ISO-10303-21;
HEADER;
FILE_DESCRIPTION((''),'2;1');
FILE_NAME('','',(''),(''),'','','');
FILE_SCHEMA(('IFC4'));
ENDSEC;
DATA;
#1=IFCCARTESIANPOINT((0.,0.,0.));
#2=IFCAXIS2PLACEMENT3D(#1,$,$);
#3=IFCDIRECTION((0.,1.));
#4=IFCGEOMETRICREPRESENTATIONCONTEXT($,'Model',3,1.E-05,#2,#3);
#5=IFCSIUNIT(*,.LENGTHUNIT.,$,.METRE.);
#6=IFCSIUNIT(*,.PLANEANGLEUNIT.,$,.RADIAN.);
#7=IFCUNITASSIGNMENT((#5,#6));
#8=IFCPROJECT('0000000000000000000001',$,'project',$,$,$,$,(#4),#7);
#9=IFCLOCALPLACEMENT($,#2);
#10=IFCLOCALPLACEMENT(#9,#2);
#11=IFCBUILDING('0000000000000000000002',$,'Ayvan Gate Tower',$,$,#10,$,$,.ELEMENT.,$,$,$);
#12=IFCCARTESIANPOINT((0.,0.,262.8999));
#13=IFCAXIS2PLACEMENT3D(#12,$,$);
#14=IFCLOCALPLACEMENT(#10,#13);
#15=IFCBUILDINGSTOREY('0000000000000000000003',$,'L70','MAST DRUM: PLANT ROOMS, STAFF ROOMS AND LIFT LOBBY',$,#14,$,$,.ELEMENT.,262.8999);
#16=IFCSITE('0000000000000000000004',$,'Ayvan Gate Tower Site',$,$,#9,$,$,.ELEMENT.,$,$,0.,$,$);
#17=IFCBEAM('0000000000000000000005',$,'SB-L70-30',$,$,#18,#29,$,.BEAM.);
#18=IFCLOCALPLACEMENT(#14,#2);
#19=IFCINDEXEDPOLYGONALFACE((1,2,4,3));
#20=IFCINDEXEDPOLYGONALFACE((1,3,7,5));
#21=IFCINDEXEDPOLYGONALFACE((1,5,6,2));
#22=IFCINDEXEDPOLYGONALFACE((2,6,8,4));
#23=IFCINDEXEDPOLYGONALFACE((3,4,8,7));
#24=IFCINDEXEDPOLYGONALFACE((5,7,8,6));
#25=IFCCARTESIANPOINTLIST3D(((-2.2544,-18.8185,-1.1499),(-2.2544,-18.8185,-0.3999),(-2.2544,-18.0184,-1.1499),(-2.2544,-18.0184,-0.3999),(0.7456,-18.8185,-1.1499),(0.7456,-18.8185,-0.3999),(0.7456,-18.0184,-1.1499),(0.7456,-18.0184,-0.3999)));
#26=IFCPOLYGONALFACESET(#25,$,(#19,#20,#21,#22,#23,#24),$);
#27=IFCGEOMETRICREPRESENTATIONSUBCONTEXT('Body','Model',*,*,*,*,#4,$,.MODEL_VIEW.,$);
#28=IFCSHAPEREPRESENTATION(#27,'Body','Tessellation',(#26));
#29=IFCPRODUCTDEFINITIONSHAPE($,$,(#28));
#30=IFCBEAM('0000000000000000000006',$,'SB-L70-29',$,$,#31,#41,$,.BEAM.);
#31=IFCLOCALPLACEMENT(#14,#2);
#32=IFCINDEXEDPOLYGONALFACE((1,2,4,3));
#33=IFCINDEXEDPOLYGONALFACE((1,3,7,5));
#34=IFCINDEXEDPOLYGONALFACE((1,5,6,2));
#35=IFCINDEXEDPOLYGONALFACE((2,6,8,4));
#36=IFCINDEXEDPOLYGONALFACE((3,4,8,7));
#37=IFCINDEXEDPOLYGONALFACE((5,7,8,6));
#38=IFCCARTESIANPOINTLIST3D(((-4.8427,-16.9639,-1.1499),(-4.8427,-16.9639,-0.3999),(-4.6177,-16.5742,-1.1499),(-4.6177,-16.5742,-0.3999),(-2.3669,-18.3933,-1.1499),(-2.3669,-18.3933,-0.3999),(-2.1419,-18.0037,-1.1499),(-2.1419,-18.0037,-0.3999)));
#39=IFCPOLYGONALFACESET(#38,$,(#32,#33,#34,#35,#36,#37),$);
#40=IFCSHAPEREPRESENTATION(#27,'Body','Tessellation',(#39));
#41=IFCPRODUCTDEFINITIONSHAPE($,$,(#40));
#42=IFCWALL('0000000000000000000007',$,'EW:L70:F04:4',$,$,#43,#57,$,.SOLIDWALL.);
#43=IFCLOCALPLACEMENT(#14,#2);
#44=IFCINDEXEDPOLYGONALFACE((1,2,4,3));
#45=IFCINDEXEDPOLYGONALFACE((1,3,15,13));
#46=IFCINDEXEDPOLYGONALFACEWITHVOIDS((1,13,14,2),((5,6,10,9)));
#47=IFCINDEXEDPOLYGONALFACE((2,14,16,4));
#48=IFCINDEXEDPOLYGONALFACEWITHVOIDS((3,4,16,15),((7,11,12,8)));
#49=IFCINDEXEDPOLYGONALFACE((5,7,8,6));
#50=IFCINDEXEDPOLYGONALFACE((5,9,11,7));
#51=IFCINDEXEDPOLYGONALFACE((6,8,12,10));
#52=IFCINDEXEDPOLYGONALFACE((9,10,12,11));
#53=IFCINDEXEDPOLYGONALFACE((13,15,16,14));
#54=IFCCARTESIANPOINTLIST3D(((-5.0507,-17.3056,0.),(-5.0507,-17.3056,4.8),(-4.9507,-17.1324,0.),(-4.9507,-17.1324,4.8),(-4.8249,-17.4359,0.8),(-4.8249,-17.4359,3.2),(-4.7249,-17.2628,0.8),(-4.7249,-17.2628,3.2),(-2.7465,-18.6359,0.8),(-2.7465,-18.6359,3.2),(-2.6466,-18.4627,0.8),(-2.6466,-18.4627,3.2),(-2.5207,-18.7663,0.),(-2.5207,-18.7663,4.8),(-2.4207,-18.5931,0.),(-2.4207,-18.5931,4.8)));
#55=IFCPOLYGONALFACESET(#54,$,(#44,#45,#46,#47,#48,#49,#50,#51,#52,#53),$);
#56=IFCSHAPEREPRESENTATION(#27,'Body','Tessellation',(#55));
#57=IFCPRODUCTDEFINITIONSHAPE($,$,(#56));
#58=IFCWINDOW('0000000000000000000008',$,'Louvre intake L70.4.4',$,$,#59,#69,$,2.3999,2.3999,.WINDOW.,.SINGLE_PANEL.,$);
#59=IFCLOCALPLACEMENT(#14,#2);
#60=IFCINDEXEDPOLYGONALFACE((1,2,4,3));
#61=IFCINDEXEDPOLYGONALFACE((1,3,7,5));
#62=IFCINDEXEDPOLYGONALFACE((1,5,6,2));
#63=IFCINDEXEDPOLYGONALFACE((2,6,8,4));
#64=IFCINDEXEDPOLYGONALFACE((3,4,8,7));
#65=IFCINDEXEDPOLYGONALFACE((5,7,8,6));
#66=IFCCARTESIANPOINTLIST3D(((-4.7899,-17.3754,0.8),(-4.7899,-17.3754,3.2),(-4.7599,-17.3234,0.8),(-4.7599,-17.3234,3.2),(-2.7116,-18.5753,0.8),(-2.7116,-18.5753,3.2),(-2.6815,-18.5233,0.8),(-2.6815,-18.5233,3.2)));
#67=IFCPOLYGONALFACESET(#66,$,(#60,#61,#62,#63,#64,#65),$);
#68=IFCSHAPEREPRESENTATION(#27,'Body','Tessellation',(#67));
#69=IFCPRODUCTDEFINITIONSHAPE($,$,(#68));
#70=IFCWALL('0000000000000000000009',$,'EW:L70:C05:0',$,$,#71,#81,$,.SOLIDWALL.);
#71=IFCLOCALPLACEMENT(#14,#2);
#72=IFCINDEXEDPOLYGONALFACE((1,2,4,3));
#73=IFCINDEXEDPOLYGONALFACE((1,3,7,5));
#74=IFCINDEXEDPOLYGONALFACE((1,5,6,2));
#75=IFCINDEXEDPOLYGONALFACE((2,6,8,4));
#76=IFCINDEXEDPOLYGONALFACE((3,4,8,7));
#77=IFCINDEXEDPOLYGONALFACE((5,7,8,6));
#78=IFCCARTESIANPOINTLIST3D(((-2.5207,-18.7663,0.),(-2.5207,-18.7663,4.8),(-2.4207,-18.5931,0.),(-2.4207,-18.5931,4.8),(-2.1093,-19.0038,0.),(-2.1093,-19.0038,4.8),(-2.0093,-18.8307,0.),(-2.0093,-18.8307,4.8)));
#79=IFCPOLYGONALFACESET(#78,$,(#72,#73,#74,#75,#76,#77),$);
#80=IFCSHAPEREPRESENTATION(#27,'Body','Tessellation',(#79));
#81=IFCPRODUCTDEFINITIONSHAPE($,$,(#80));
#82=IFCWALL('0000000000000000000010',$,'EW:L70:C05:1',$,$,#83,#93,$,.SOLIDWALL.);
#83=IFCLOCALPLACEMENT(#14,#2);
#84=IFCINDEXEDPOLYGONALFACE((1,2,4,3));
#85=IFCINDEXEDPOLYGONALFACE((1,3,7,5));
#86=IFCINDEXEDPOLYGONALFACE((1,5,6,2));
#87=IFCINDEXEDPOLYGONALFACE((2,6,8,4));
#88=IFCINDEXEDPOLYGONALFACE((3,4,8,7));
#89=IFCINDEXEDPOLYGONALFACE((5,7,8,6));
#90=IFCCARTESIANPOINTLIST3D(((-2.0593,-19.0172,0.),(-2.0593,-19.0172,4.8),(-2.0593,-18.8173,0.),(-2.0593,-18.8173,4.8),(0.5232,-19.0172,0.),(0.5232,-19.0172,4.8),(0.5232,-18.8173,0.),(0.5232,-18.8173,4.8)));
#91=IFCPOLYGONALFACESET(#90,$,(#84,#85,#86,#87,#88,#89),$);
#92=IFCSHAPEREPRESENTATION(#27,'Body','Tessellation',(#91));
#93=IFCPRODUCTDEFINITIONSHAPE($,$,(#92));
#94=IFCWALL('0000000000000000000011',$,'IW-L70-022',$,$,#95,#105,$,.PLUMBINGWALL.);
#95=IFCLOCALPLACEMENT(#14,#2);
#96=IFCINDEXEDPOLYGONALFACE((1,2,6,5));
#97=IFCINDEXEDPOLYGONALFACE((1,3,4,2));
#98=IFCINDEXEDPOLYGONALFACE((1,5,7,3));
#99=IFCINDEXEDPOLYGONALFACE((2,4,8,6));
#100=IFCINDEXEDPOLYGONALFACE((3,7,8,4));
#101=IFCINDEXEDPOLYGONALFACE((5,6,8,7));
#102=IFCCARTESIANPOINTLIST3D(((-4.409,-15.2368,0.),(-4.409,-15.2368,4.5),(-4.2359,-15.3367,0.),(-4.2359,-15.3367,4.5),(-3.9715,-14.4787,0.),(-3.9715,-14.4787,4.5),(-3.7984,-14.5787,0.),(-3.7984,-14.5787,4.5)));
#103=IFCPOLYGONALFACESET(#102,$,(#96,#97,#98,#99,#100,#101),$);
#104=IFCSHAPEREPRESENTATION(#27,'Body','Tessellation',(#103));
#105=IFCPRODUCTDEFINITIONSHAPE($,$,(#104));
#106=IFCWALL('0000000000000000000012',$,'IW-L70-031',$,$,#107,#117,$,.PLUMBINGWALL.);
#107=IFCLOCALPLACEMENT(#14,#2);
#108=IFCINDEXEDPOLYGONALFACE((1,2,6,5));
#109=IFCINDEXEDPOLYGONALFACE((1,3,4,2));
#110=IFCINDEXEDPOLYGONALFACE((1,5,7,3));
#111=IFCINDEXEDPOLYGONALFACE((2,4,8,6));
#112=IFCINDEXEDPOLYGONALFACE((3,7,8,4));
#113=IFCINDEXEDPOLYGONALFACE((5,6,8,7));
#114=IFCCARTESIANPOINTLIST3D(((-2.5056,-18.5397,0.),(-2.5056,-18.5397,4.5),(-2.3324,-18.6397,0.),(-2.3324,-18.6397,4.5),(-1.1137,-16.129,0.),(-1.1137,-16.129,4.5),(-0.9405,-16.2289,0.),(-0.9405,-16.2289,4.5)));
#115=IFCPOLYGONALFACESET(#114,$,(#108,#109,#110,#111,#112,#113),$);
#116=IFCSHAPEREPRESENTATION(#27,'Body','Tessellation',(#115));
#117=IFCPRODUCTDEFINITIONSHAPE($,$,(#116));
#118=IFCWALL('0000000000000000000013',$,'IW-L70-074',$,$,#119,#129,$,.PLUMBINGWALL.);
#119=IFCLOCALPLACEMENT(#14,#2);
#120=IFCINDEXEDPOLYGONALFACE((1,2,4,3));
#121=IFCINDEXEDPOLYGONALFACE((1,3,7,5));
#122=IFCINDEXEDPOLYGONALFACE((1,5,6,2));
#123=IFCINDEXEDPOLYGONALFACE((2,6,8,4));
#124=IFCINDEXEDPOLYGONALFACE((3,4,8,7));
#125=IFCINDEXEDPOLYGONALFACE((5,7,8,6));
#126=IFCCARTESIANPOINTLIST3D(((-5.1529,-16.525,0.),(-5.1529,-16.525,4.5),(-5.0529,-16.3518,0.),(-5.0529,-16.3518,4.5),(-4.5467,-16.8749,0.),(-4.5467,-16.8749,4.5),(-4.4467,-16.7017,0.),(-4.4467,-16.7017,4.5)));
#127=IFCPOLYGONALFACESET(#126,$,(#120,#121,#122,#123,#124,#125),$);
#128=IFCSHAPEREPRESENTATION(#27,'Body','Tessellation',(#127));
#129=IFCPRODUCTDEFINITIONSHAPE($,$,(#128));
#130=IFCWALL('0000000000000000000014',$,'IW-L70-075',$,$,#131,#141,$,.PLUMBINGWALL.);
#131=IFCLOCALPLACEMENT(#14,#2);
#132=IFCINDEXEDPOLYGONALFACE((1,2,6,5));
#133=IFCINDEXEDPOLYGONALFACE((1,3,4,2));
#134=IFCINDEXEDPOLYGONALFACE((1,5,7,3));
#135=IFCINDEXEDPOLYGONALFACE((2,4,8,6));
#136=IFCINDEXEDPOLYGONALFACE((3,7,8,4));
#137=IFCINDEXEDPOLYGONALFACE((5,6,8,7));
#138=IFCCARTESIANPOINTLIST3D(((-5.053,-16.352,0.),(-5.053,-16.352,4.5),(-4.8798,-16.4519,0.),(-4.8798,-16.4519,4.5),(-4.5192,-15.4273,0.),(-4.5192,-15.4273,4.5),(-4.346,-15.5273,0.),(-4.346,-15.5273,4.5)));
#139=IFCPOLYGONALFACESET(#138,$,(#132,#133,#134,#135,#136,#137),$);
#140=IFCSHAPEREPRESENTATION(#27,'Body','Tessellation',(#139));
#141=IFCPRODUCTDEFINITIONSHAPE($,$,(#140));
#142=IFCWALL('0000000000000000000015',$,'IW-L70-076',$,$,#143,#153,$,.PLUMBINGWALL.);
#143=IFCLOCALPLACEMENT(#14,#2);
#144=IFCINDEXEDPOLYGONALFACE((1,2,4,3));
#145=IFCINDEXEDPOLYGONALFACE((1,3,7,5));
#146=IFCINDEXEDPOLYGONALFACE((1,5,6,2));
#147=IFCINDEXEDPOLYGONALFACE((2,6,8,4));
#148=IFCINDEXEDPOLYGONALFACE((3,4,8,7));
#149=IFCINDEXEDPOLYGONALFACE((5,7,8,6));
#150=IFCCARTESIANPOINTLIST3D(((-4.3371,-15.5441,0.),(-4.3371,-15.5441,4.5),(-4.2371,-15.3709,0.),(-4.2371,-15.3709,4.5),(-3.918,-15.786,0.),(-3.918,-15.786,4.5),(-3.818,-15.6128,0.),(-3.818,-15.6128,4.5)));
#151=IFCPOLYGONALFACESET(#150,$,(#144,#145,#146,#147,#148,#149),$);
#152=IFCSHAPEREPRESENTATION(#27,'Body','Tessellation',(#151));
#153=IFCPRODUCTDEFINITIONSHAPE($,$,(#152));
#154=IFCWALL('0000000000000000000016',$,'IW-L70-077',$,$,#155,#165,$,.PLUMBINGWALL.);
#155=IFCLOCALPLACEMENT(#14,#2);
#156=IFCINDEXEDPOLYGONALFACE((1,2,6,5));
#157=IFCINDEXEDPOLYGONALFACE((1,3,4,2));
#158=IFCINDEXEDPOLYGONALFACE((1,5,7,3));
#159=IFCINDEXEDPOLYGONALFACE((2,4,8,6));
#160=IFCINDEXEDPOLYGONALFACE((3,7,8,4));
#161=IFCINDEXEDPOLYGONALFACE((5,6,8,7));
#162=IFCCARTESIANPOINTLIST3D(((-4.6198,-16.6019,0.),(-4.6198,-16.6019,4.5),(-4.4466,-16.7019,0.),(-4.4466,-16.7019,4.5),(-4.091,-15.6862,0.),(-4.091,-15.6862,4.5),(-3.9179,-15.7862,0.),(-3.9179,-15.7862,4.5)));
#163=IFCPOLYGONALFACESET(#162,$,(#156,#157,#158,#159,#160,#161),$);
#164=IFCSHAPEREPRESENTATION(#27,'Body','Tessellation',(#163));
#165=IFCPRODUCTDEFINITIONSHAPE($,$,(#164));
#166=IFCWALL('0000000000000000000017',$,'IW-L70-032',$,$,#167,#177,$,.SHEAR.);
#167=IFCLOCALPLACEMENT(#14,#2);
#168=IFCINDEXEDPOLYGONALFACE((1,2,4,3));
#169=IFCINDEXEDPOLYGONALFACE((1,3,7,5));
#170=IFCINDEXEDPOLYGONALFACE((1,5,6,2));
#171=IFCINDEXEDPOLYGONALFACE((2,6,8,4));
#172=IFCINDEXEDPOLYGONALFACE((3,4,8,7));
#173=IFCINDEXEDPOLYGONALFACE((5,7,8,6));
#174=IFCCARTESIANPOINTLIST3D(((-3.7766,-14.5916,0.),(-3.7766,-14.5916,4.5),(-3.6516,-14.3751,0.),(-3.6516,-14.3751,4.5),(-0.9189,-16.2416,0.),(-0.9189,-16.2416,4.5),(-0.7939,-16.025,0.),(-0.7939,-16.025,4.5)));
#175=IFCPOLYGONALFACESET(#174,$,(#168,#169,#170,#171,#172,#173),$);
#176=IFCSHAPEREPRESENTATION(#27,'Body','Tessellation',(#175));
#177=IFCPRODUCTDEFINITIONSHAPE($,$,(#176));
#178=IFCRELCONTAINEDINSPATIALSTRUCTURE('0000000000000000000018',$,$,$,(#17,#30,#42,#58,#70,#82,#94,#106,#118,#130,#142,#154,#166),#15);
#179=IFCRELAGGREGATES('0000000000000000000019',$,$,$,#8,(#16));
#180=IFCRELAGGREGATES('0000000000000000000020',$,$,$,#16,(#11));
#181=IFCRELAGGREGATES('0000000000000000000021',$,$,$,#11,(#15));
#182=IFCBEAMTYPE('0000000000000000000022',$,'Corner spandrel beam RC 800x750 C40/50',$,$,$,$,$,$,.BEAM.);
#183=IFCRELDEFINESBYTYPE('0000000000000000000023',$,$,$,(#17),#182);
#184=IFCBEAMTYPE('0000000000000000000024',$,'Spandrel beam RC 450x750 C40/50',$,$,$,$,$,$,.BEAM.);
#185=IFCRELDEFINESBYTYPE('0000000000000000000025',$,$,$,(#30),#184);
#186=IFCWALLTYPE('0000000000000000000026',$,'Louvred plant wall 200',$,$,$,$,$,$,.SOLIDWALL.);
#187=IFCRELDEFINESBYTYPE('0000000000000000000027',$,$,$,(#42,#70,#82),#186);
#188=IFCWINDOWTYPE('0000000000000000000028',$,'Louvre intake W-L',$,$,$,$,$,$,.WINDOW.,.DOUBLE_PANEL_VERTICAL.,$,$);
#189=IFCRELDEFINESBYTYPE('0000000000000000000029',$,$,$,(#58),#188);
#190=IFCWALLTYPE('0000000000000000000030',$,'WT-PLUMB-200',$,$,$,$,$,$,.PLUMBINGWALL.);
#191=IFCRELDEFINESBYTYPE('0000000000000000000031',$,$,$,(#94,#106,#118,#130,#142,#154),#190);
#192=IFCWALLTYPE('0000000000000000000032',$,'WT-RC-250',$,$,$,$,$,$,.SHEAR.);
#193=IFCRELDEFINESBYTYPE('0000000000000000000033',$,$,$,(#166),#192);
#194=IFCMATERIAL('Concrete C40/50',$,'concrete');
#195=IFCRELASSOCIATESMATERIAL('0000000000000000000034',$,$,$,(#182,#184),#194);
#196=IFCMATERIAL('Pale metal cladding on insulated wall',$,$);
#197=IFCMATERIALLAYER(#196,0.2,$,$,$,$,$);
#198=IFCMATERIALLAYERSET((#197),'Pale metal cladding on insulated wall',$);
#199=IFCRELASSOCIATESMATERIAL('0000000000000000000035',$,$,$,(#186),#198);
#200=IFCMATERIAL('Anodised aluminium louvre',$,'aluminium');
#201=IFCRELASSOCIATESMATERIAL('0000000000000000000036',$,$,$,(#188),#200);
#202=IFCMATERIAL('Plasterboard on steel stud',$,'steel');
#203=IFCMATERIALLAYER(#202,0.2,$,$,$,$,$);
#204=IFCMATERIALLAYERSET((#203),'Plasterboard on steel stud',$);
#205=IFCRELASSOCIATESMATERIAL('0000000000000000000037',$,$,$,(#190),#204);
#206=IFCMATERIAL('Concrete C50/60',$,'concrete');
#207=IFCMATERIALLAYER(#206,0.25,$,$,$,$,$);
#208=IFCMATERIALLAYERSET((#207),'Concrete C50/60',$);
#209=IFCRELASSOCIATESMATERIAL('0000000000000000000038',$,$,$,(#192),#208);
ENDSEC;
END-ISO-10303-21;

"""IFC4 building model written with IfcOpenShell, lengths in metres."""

from ifc_helpers import new_model, si_unit, direction, frame, frame_2d, origin, origin_2d, place, context, subcontext, project, spatial, rectangle, extrude, material, layer, layer_set, material_profile, profile_set, type_object, element, fill, save


model = new_model("IFC4")

# Units and contexts
model_context = context("Model", 3, precision=1e-05, world=origin(), true_north=direction((0.0, 1.0)))
body_context = subcontext(model_context, "Body", "Model", "MODEL_VIEW")
ifc_project = project(units=[si_unit("LENGTHUNIT", "METRE"), si_unit("PLANEANGLEUNIT", "RADIAN")], contexts=[model_context])

# Site, building, storey
site_placement = place(None, origin())
site = spatial("IfcSite", under=ifc_project, at=site_placement, Name="Ayvan Gate Tower Site", CompositionType="ELEMENT", RefElevation=0.0)
building_placement = place(site_placement, origin())
building = spatial("IfcBuilding", under=site, at=building_placement, Name="Ayvan Gate Tower", CompositionType="ELEMENT")
storey_placement = place(building_placement, frame((0.0, 0.0, 262.8999)))
storey = spatial("IfcBuildingStorey", under=building, at=storey_placement, Name="L70", Description="MAST DRUM: PLANT ROOMS, STAFF ROOMS AND LIFT LOBBY", CompositionType="ELEMENT", Elevation=262.8999)

# Beams
ifc_material_1 = material(Name="Concrete C40/50", Category="concrete")
ifc_material_profile_1 = material_profile(ifc_material_1, rectangle(XDim=0.8, YDim=0.75, at=origin_2d()), Name="RC 800x750")
ifc_profile_set_1 = profile_set([ifc_material_profile_1], Name="Concrete C40/50")
beam_type_1 = type_object("IfcBeamType", Name="Corner spandrel beam RC 800x750 C40/50", PredefinedType="BEAM", material=ifc_profile_set_1)
beam_1_placement = place(storey_placement, frame((-2.2544, -18.4185, -0.7749), z_axis=(1.0, 0.0, 0.0), x_axis=(0.0, 1.0, 0.0)))
element("IfcBeam", 1, at=beam_1_placement, inside=storey, type_object=beam_type_1, Name="SB-L70-30", PredefinedType="BEAM", context=body_context, shape_type="SweptSolid", body=[
    extrude(rectangle(XDim=0.8, YDim=0.75, at=origin_2d()), origin(), (0.0, 0.0, 1.0), 3.0),
])
ifc_material_profile_2 = material_profile(ifc_material_1, rectangle(XDim=0.45, YDim=0.75, at=origin_2d()), Name="RC 450x750")
ifc_profile_set_2 = profile_set([ifc_material_profile_2], Name="Concrete C40/50")
beam_type_2 = type_object("IfcBeamType", Name="Spandrel beam RC 450x750 C40/50", PredefinedType="BEAM", material=ifc_profile_set_2)
beam_2_placement = place(storey_placement, frame((-4.7302, -16.769, -0.7749), z_axis=(0.866022, -0.500006, 0.0), x_axis=(0.500006, 0.866022, 0.0)))
element("IfcBeam", 2, at=beam_2_placement, inside=storey, type_object=beam_type_2, Name="SB-L70-29", PredefinedType="BEAM", context=body_context, shape_type="SweptSolid", body=[
    extrude(rectangle(XDim=0.45, YDim=0.75, at=origin_2d()), origin(), (0.0, 0.0, 1.0), 2.8589),
])

# Wall, opening, window
ifc_material_2 = material(Name="Pale metal cladding on insulated wall")
ifc_layer_1 = layer(ifc_material_2, 0.2)
ifc_layer_set_1 = layer_set([ifc_layer_1], Name="Pale metal cladding on insulated wall")
wall_type_1 = type_object("IfcWallType", Name="Louvred plant wall 200", PredefinedType="SOLIDWALL", material=ifc_layer_set_1)
wall_1_placement = place(storey_placement, frame((-5.0007, -17.219, 0.0), z_axis=(0.0, 0.0, 1.0), x_axis=(0.866028, -0.499995, 0.0)))
wall_1 = element("IfcWall", 3, at=wall_1_placement, inside=storey, type_object=wall_type_1, Name="EW:L70:F04:4", PredefinedType="SOLIDWALL", context=body_context, shape_type="SweptSolid", body=[
    extrude(rectangle(XDim=2.9214, YDim=0.2, at=frame_2d((1.4607, 0.0))), origin(), (0.0, 0.0, 1.0), 4.8),
])
opening_placement = place(wall_1_placement, frame((0.2607, 0.0, 0.8)))
opening = element("IfcOpeningElement", 4, at=opening_placement, cuts=wall_1, PredefinedType="OPENING", context=body_context, shape_type="SweptSolid", body=[
    extrude(rectangle(XDim=2.3999, YDim=2.3999, at=frame_2d((1.2, 1.2))), frame((0.0, 0.1099, 0.0), z_axis=(0.0, -1.0, 0.0), x_axis=(1.0, 0.0, 0.0)), (0.0, 0.0, 1.0), 0.22),
])
ifc_material_3 = material(Name="Anodised aluminium louvre", Category="aluminium")
window_type = type_object("IfcWindowType", Name="Louvre intake W-L", PartitioningType="DOUBLE_PANEL_VERTICAL", PredefinedType="WINDOW", material=ifc_material_3)
window_placement = place(opening_placement, origin())
window = element("IfcWindow", 5, at=window_placement, inside=storey, type_object=window_type, Name="Louvre intake L70.4.4", OverallHeight=2.3999, OverallWidth=2.3999, PartitioningType="SINGLE_PANEL", PredefinedType="WINDOW", context=body_context, shape_type="SweptSolid", body=[
    extrude(rectangle(XDim=2.3999, YDim=2.3999, at=frame_2d((1.2, 1.2))), frame((0.0, 0.03, 0.0), z_axis=(0.0, -1.0, 0.0), x_axis=(1.0, 0.0, 0.0)), (0.0, 0.0, 1.0), 0.0601),
])
fill(opening, window)

# Walls
wall_2_placement = place(storey_placement, frame((-2.4707, -18.6797, 0.0), z_axis=(0.0, 0.0, 1.0), x_axis=(0.865989, -0.500064, 0.0)))
element("IfcWall", 6, at=wall_2_placement, inside=storey, type_object=wall_type_1, Name="EW:L70:C05:0", PredefinedType="SOLIDWALL", context=body_context, shape_type="SweptSolid", body=[
    extrude(rectangle(XDim=0.4751, YDim=0.2, at=frame_2d((0.2375, 0.0))), origin(), (0.0, 0.0, 1.0), 4.8),
])
wall_3_placement = place(storey_placement, frame((-2.0593, -18.9172, 0.0), z_axis=(0.0, 0.0, 1.0), x_axis=(1.0, 0.0, 0.0)))
element("IfcWall", 7, at=wall_3_placement, inside=storey, type_object=wall_type_1, Name="EW:L70:C05:1", PredefinedType="SOLIDWALL", context=body_context, shape_type="SweptSolid", body=[
    extrude(rectangle(XDim=2.5825, YDim=0.2, at=frame_2d((1.2913, 0.0))), origin(), (0.0, 0.0, 1.0), 4.8),
])
ifc_material_4 = material(Name="Plasterboard on steel stud", Category="steel")
ifc_layer_2 = layer(ifc_material_4, 0.2)
ifc_layer_set_2 = layer_set([ifc_layer_2], Name="Plasterboard on steel stud")
wall_type_2 = type_object("IfcWallType", Name="WT-PLUMB-200", PredefinedType="PLUMBINGWALL", material=ifc_layer_set_2)
wall_4_placement = place(storey_placement, frame((-3.885, -14.5288, 0.0), z_axis=(0.0, 0.0, 1.0), x_axis=(-0.499859, -0.866107, 0.0)))
element("IfcWall", 8, at=wall_4_placement, inside=storey, type_object=wall_type_2, Name="IW-L70-022", PredefinedType="PLUMBINGWALL", context=body_context, shape_type="SweptSolid", body=[
    extrude(rectangle(XDim=0.8752, YDim=0.2, at=frame_2d((0.4375, 0.0))), origin(), (0.0, 0.0, 1.0), 4.5),
])
wall_5_placement = place(storey_placement, frame((-1.0271, -16.179, 0.0), z_axis=(0.0, 0.0, 1.0), x_axis=(-0.500016, -0.866016, 0.0)))
element("IfcWall", 9, at=wall_5_placement, inside=storey, type_object=wall_type_2, Name="IW-L70-031", PredefinedType="PLUMBINGWALL", context=body_context, shape_type="SweptSolid", body=[
    extrude(rectangle(XDim=2.7837, YDim=0.2, at=frame_2d((1.3918, 0.0))), origin(), (0.0, 0.0, 1.0), 4.5),
])
wall_6_placement = place(storey_placement, frame((-4.4966, -16.7883, 0.0), z_axis=(0.0, 0.0, 1.0), x_axis=(-0.86611, 0.499853, 0.0)))
element("IfcWall", 10, at=wall_6_placement, inside=storey, type_object=wall_type_2, Name="IW-L70-074", PredefinedType="PLUMBINGWALL", context=body_context, shape_type="SweptSolid", body=[
    extrude(rectangle(XDim=0.7, YDim=0.2, at=frame_2d((0.3501, 0.0))), origin(), (0.0, 0.0, 1.0), 4.5),
])
wall_7_placement = place(storey_placement, frame((-4.9663, -16.4019, 0.0), z_axis=(0.0, 0.0, 1.0), x_axis=(0.499927, 0.866068, 0.0)))
element("IfcWall", 11, at=wall_7_placement, inside=storey, type_object=wall_type_2, Name="IW-L70-075", PredefinedType="PLUMBINGWALL", context=body_context, shape_type="SweptSolid", body=[
    extrude(rectangle(XDim=1.0676, YDim=0.2, at=frame_2d((0.5337, 0.0))), origin(), (0.0, 0.0, 1.0), 4.5),
])
wall_8_placement = place(storey_placement, frame((-4.2871, -15.4575, 0.0), z_axis=(0.0, 0.0, 1.0), x_axis=(0.866093, -0.499883, 0.0)))
element("IfcWall", 12, at=wall_8_placement, inside=storey, type_object=wall_type_2, Name="IW-L70-076", PredefinedType="PLUMBINGWALL", context=body_context, shape_type="SweptSolid", body=[
    extrude(rectangle(XDim=0.4839, YDim=0.2, at=frame_2d((0.2419, 0.0))), origin(), (0.0, 0.0, 1.0), 4.5),
])
wall_9_placement = place(storey_placement, frame((-4.0044, -15.7361, 0.0), z_axis=(0.0, 0.0, 1.0), x_axis=(-0.500062, -0.865989, 0.0)))
element("IfcWall", 13, at=wall_9_placement, inside=storey, type_object=wall_type_2, Name="IW-L70-077", PredefinedType="PLUMBINGWALL", context=body_context, shape_type="SweptSolid", body=[
    extrude(rectangle(XDim=1.0574, YDim=0.2, at=frame_2d((0.5288, 0.0))), origin(), (0.0, 0.0, 1.0), 4.5),
])
ifc_material_5 = material(Name="Concrete C50/60", Category="concrete")
ifc_layer_3 = layer(ifc_material_5, 0.25)
ifc_layer_set_3 = layer_set([ifc_layer_3], Name="Concrete C50/60")
wall_type_3 = type_object("IfcWallType", Name="WT-RC-250", PredefinedType="SHEAR", material=ifc_layer_set_3)
wall_10_placement = place(storey_placement, frame((-0.8564, -16.1333, 0.0), z_axis=(0.0, 0.0, 1.0), x_axis=(-0.866022, 0.500006, 0.0)))
element("IfcWall", 14, at=wall_10_placement, inside=storey, type_object=wall_type_3, Name="IW-L70-032", PredefinedType="SHEAR", context=body_context, shape_type="SweptSolid", body=[
    extrude(rectangle(XDim=3.2998, YDim=0.25, at=frame_2d((1.6499, 0.0))), origin(), (0.0, 0.0, 1.0), 4.5),
])

save(model, "model.ifc")
